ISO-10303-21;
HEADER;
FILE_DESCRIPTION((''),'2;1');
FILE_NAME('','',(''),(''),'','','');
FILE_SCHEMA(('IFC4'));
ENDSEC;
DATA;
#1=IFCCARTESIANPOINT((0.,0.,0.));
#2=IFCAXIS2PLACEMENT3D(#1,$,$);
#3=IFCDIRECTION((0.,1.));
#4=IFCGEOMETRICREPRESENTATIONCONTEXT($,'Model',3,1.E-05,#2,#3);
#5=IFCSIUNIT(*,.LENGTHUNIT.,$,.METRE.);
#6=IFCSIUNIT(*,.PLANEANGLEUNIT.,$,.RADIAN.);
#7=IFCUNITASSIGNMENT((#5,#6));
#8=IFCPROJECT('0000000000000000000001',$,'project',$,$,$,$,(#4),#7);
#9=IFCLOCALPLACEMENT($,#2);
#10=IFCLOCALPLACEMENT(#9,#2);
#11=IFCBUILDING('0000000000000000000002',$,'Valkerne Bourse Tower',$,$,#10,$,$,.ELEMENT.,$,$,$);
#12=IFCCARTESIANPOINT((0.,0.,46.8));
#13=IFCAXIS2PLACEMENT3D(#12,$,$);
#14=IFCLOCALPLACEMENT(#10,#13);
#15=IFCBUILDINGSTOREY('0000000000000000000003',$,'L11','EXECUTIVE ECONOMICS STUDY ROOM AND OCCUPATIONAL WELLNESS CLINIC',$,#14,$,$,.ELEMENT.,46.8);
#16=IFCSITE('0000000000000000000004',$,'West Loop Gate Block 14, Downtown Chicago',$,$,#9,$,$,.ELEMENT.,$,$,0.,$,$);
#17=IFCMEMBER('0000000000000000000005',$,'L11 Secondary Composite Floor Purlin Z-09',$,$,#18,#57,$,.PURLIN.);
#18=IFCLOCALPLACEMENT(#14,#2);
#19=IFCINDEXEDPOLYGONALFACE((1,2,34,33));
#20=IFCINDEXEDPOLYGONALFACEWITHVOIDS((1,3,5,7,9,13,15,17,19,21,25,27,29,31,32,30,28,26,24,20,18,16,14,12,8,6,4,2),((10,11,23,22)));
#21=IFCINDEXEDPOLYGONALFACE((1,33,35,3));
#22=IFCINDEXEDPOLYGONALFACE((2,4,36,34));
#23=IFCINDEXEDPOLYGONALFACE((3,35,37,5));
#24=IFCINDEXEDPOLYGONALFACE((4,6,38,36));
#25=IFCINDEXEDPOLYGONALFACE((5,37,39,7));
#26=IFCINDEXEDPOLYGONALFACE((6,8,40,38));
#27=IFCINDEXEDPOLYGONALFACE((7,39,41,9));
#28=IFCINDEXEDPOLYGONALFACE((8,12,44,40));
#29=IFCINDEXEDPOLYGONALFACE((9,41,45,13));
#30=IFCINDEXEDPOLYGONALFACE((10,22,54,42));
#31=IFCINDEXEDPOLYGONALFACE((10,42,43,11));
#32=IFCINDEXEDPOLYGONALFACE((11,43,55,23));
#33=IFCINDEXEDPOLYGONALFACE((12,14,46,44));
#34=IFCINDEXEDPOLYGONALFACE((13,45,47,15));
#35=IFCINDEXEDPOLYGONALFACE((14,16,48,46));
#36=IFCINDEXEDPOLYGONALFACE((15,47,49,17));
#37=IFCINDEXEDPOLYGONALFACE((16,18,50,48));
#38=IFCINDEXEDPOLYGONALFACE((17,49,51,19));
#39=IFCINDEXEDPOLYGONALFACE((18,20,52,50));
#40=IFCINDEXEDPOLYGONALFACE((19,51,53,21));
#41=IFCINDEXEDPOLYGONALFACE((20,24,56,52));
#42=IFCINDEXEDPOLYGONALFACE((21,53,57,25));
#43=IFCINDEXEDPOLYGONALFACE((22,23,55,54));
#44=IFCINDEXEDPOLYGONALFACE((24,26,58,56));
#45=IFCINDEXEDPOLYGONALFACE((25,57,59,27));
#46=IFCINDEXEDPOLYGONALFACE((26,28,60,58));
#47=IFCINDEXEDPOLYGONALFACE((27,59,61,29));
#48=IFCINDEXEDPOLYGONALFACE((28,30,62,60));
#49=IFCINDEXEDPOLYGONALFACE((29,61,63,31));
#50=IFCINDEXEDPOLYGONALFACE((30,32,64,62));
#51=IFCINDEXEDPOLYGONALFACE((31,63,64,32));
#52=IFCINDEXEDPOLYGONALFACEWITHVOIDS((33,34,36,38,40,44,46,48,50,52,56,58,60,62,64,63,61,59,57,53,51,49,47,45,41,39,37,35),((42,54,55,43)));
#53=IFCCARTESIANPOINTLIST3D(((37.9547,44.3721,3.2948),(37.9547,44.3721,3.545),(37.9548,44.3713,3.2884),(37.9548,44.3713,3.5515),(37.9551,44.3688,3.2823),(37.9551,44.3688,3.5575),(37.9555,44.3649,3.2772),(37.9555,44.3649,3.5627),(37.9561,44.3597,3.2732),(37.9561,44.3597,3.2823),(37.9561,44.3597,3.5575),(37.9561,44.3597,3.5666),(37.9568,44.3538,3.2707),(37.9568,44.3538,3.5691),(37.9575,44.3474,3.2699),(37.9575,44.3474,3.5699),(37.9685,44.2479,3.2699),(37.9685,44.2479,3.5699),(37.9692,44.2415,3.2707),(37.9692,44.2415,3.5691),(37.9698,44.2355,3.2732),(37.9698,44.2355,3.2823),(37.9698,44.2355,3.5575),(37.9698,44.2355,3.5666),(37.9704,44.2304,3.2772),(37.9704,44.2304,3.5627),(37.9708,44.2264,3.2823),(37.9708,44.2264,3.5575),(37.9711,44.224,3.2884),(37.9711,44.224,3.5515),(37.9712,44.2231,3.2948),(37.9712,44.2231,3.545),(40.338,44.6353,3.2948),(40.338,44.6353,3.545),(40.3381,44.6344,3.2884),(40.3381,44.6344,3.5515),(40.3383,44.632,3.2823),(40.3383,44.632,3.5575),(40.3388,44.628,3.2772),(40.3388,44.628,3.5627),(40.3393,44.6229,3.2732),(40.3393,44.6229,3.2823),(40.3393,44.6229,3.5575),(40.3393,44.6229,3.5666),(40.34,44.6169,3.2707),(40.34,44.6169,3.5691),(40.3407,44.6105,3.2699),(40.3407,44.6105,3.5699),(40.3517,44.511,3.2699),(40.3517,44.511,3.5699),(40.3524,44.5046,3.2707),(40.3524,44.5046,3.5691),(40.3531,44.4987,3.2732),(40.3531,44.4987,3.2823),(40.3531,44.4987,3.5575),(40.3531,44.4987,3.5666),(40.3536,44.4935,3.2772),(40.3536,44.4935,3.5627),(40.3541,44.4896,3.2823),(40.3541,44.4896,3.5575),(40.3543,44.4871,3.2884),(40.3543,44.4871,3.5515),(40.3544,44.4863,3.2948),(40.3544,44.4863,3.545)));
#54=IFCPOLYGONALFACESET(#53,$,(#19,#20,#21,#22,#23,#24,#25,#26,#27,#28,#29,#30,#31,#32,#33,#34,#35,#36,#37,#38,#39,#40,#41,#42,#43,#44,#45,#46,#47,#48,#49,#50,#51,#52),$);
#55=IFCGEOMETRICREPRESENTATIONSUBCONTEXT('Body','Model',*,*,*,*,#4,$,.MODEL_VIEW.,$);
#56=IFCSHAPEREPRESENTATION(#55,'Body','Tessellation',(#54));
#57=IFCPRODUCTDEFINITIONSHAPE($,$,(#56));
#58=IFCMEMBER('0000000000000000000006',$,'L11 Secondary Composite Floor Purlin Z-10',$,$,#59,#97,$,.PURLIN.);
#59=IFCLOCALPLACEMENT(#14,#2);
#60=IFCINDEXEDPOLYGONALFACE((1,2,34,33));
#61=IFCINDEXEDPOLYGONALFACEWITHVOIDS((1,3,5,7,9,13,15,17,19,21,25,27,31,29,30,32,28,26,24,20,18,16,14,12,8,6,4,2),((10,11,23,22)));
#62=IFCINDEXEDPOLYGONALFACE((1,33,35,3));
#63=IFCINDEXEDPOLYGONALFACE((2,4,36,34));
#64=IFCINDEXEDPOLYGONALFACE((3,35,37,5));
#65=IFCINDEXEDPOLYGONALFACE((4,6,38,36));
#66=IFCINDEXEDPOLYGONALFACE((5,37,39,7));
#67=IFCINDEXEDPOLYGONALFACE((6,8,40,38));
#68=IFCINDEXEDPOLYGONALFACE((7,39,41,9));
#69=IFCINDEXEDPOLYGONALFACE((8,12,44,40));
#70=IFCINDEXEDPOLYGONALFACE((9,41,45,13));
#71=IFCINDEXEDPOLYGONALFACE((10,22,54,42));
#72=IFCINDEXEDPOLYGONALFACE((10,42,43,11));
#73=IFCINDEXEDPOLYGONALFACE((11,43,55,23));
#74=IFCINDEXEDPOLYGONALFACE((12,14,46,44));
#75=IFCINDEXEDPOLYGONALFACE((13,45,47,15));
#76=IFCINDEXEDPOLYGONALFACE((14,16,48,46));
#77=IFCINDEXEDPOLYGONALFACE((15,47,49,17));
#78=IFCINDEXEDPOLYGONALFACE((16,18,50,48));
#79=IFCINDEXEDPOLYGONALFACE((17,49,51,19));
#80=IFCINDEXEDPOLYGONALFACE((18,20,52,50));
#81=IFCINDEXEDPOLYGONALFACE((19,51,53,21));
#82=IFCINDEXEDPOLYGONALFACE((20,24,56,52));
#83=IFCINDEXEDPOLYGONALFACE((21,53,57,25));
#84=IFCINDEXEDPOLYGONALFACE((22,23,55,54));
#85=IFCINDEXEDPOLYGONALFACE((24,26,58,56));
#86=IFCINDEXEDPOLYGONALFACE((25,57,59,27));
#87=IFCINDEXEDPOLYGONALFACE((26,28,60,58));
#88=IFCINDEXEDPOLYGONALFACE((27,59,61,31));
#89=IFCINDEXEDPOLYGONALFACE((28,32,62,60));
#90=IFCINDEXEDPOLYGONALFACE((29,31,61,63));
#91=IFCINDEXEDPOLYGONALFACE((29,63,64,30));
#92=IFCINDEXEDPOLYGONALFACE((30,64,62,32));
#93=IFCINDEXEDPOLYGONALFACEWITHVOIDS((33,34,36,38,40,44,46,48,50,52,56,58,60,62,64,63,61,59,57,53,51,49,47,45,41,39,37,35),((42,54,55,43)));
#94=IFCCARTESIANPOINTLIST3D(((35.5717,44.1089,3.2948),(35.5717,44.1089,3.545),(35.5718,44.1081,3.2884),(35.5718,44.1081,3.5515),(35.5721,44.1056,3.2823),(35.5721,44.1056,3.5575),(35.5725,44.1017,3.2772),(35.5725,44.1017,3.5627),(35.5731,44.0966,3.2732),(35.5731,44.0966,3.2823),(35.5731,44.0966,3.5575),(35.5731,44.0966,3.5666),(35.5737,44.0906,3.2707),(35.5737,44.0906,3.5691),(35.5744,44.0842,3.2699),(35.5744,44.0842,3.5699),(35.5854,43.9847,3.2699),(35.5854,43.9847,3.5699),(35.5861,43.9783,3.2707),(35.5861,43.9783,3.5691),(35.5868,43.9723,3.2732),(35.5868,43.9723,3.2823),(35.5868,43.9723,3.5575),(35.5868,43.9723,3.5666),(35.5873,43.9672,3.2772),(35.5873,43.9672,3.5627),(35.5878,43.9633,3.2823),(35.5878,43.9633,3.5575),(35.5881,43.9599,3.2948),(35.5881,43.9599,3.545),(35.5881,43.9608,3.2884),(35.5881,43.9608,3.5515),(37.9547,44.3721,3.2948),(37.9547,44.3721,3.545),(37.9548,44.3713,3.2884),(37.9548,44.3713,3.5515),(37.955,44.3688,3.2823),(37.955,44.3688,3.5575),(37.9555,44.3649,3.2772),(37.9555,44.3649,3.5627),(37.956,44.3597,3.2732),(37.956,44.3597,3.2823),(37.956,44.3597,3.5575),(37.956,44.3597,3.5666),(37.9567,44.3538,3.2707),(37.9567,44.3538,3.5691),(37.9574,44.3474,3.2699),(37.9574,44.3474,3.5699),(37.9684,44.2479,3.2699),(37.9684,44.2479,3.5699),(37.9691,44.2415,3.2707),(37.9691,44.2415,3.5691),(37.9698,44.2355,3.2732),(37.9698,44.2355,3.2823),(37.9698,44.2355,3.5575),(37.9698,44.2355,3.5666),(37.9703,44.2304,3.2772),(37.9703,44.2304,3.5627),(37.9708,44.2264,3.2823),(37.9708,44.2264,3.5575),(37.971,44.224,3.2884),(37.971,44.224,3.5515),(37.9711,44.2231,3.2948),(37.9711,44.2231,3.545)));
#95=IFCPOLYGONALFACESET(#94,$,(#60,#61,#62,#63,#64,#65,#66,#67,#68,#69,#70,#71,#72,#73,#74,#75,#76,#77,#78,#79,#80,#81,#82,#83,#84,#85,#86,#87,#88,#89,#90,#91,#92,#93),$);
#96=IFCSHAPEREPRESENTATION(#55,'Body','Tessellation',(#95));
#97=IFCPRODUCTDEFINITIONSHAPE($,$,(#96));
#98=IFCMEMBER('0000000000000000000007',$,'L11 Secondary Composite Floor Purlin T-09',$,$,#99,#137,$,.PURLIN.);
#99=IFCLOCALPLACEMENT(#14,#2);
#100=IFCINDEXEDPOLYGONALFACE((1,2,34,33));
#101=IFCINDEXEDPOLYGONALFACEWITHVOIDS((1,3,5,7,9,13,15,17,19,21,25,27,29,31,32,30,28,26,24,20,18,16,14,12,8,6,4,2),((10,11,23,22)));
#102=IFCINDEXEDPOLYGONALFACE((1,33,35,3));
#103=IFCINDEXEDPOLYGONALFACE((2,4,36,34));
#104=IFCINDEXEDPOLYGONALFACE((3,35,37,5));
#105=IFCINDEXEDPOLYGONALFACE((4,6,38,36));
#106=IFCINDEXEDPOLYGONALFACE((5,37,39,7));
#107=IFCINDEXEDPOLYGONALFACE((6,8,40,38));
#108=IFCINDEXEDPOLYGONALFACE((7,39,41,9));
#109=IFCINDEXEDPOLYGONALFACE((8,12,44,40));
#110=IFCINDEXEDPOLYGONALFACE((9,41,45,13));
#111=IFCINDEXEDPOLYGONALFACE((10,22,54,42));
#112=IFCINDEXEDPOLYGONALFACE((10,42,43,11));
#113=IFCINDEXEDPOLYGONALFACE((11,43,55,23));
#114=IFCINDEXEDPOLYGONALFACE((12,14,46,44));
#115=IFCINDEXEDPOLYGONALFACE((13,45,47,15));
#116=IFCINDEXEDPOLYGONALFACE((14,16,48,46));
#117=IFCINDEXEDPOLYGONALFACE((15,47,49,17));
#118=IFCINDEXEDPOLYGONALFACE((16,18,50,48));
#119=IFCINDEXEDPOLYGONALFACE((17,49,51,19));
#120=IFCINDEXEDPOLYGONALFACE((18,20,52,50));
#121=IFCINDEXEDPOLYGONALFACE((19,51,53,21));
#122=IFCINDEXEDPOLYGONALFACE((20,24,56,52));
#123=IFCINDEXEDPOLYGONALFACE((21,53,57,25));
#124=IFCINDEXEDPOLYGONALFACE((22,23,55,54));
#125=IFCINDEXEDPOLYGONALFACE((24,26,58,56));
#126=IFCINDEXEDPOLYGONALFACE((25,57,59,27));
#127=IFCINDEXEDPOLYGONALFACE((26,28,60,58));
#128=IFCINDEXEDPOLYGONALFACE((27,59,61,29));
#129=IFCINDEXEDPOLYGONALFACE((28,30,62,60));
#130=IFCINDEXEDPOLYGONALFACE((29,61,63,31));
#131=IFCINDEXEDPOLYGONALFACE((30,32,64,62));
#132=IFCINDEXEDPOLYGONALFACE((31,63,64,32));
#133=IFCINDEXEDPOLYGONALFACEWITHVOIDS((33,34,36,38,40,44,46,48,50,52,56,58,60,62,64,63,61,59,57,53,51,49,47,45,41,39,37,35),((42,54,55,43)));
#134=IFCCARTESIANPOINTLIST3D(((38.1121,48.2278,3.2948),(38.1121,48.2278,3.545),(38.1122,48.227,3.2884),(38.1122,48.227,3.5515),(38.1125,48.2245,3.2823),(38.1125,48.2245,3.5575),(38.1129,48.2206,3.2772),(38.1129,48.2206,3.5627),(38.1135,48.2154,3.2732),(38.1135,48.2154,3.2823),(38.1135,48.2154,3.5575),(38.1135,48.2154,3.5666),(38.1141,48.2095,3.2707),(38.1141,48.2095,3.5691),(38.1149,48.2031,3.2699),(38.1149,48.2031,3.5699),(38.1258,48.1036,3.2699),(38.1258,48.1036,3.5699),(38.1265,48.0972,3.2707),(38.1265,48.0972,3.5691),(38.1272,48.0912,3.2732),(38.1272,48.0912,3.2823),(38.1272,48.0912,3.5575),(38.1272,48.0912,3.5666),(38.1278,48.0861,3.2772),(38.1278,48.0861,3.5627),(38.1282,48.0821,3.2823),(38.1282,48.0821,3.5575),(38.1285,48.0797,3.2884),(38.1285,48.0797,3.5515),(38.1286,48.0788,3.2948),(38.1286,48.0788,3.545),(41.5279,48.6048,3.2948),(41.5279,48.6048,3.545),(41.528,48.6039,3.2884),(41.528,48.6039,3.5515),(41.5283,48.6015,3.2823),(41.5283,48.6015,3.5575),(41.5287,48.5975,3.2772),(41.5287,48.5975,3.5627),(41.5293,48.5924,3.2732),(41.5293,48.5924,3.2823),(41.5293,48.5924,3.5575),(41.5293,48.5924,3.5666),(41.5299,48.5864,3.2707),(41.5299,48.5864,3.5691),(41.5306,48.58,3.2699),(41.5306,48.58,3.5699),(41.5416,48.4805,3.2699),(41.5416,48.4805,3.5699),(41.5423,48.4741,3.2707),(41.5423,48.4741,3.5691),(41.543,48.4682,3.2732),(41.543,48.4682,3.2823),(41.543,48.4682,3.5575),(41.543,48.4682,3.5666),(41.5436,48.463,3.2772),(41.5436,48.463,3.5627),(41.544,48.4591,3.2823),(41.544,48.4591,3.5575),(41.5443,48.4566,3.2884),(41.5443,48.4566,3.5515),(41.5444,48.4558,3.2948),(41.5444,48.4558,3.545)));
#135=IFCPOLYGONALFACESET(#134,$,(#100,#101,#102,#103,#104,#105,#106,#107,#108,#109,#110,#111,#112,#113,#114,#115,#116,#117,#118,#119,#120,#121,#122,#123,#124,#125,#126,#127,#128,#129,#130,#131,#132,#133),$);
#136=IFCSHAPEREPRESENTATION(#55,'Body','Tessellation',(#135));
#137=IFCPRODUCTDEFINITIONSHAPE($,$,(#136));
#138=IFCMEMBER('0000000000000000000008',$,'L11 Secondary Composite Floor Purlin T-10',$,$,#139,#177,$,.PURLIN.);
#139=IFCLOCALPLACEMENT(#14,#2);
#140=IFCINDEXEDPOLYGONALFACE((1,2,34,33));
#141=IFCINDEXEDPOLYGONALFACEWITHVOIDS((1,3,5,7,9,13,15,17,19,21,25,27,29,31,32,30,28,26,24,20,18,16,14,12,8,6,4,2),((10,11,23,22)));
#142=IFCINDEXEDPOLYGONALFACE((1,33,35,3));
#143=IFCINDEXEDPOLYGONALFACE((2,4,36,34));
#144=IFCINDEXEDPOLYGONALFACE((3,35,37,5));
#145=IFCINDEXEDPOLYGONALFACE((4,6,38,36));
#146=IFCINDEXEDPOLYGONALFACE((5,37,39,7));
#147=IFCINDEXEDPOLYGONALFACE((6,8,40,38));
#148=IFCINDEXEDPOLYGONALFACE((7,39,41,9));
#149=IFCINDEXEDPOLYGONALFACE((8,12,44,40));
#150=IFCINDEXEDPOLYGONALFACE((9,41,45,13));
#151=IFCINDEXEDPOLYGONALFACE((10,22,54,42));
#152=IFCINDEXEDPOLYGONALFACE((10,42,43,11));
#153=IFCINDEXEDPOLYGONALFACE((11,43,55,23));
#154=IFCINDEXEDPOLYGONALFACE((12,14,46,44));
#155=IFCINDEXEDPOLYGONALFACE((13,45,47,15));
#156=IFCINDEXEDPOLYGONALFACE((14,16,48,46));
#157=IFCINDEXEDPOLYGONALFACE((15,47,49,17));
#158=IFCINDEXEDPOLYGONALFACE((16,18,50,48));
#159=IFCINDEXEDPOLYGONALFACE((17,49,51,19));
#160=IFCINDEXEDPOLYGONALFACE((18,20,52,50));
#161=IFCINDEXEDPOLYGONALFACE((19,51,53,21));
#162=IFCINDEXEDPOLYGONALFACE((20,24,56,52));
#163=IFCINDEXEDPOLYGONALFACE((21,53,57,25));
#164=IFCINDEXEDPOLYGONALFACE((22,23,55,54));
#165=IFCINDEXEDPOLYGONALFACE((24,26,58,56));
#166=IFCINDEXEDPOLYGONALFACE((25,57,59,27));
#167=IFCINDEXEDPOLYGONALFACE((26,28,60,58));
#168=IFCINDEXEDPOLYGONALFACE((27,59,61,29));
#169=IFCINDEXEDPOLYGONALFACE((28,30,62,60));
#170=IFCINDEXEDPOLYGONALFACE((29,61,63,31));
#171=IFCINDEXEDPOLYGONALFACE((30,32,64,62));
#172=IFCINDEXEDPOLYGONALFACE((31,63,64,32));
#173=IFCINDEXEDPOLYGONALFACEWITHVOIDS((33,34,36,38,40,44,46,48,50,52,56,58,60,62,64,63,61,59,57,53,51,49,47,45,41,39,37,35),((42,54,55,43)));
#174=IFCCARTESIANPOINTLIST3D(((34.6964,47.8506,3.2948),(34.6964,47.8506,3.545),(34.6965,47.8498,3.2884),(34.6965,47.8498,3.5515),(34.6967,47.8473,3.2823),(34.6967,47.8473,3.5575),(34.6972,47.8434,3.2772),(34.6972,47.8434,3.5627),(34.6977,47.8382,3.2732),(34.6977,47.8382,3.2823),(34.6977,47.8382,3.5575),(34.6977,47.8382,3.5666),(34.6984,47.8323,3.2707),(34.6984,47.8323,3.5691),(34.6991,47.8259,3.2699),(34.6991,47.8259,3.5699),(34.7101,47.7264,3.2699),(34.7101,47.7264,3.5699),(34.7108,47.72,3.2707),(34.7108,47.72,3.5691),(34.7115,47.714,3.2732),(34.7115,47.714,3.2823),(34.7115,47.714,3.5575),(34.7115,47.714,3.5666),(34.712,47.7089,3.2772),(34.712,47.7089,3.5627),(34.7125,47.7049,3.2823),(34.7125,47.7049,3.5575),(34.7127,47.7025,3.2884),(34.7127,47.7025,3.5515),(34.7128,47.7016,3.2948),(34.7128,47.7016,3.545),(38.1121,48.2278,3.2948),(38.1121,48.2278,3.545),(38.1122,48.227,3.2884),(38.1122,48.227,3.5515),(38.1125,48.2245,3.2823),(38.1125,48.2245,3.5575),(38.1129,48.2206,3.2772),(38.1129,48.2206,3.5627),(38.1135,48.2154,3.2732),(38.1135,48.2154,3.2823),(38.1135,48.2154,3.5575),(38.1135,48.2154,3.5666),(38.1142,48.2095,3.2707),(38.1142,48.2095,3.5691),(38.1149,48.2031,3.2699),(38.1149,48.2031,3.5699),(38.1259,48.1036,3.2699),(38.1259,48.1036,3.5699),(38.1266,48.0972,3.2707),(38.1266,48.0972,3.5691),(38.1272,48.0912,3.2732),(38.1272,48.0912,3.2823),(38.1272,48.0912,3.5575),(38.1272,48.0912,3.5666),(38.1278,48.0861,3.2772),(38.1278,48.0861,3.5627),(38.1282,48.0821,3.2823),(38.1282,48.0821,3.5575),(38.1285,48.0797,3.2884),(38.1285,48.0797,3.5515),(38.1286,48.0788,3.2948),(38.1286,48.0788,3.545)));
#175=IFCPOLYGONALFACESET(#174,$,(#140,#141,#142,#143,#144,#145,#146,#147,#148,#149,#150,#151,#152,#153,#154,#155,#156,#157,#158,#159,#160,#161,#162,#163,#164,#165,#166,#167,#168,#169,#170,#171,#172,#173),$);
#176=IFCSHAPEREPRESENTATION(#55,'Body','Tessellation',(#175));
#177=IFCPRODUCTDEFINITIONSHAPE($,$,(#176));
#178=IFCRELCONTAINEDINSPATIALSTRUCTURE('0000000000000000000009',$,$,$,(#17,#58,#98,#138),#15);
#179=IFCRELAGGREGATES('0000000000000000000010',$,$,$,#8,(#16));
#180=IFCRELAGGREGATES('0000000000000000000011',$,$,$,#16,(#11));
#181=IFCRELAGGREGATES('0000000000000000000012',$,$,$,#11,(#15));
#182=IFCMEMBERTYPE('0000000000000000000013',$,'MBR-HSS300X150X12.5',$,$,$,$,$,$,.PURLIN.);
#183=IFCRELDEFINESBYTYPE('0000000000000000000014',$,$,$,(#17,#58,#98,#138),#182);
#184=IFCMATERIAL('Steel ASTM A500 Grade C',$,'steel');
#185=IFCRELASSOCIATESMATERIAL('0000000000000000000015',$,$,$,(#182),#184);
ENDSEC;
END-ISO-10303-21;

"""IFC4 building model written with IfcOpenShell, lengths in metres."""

from ifc_helpers import new_model, si_unit, direction, frame, origin, origin_2d, place, context, subcontext, project, spatial, hollow_rectangle, extrude, material, material_profile, profile_set, type_object, element, save


model = new_model("IFC4")

# Units and contexts
model_context = context("Model", 3, precision=1e-05, world=origin(), true_north=direction((0.0, 1.0)))
body_context = subcontext(model_context, "Body", "Model", "MODEL_VIEW")
ifc_project = project(units=[si_unit("LENGTHUNIT", "METRE"), si_unit("PLANEANGLEUNIT", "RADIAN")], contexts=[model_context])

# Site, building, storey
site_placement = place(None, origin())
site = spatial("IfcSite", under=ifc_project, at=site_placement, Name="West Loop Gate Block 14, Downtown Chicago", CompositionType="ELEMENT", RefElevation=0.0)
building_placement = place(site_placement, origin())
building = spatial("IfcBuilding", under=site, at=building_placement, Name="Valkerne Bourse Tower", CompositionType="ELEMENT")
storey_placement = place(building_placement, frame((0.0, 0.0, 46.8)))
storey = spatial("IfcBuildingStorey", under=building, at=storey_placement, Name="L11", Description="EXECUTIVE ECONOMICS STUDY ROOM AND OCCUPATIONAL WELLNESS CLINIC", CompositionType="ELEMENT", Elevation=46.8)

# Members
ifc_material_1 = material(Name="Steel ASTM A500 Grade C", Category="steel")
ifc_material_profile_1 = material_profile(ifc_material_1, hollow_rectangle(XDim=0.1499, YDim=0.3, WallThickness=0.0125, OuterFilletRadius=0.0249, at=origin_2d()), Name="HSS300X150X12.5")
ifc_profile_set_1 = profile_set([ifc_material_profile_1], Name="Steel ASTM A500 Grade C")
member_type_1 = type_object("IfcMemberType", Name="MBR-HSS300X150X12.5", PredefinedType="PURLIN", material=ifc_profile_set_1)
member_1_placement = place(storey_placement, frame((40.3462, 44.5608, 3.4199), z_axis=(-0.993958, -0.109761, 0.0), x_axis=(0.109761, -0.993958, 0.0)))
element("IfcMember", 1, at=member_1_placement, inside=storey, type_object=member_type_1, Name="L11 Secondary Composite Floor Purlin Z-09", PredefinedType="PURLIN", context=body_context, shape_type="SweptSolid", body=[
    extrude(hollow_rectangle(XDim=0.1499, YDim=0.3, WallThickness=0.0125, OuterFilletRadius=0.0249, at=origin_2d()), origin(), (0.0, 0.0, 1.0), 2.3977),
])
member_2_placement = place(storey_placement, frame((37.9629, 44.2976, 3.4199), z_axis=(-0.993957, -0.109772, 0.0), x_axis=(0.109772, -0.993957, 0.0)))
element("IfcMember", 2, at=member_2_placement, inside=storey, type_object=member_type_1, Name="L11 Secondary Composite Floor Purlin Z-10", PredefinedType="PURLIN", context=body_context, shape_type="SweptSolid", body=[
    extrude(hollow_rectangle(XDim=0.1499, YDim=0.3, WallThickness=0.0125, OuterFilletRadius=0.0249, at=origin_2d()), origin(), (0.0, 0.0, 1.0), 2.3975),
])
for number, where, z_axis, x_axis, name in (
    (3, (41.5361, 48.5303, 3.4199), (-0.993966, -0.109691, 0.0), (0.109691, -0.993966, 0.0), "L11 Secondary Composite Floor Purlin T-09"),
    (4, (38.1204, 48.1533, 3.4199), (-0.993958, -0.109761, 0.0), (0.109761, -0.993958, 0.0), "L11 Secondary Composite Floor Purlin T-10"),
):
    element("IfcMember", number, at=place(storey_placement, frame(where, z_axis=z_axis, x_axis=x_axis)), inside=storey, type_object=member_type_1, Name=name, PredefinedType="PURLIN", context=body_context, shape_type="SweptSolid", body=[
        extrude(hollow_rectangle(XDim=0.1499, YDim=0.3, WallThickness=0.0125, OuterFilletRadius=0.0249, at=origin_2d()), origin(), (0.0, 0.0, 1.0), 3.4365),
    ])

save(model, "model.ifc")
